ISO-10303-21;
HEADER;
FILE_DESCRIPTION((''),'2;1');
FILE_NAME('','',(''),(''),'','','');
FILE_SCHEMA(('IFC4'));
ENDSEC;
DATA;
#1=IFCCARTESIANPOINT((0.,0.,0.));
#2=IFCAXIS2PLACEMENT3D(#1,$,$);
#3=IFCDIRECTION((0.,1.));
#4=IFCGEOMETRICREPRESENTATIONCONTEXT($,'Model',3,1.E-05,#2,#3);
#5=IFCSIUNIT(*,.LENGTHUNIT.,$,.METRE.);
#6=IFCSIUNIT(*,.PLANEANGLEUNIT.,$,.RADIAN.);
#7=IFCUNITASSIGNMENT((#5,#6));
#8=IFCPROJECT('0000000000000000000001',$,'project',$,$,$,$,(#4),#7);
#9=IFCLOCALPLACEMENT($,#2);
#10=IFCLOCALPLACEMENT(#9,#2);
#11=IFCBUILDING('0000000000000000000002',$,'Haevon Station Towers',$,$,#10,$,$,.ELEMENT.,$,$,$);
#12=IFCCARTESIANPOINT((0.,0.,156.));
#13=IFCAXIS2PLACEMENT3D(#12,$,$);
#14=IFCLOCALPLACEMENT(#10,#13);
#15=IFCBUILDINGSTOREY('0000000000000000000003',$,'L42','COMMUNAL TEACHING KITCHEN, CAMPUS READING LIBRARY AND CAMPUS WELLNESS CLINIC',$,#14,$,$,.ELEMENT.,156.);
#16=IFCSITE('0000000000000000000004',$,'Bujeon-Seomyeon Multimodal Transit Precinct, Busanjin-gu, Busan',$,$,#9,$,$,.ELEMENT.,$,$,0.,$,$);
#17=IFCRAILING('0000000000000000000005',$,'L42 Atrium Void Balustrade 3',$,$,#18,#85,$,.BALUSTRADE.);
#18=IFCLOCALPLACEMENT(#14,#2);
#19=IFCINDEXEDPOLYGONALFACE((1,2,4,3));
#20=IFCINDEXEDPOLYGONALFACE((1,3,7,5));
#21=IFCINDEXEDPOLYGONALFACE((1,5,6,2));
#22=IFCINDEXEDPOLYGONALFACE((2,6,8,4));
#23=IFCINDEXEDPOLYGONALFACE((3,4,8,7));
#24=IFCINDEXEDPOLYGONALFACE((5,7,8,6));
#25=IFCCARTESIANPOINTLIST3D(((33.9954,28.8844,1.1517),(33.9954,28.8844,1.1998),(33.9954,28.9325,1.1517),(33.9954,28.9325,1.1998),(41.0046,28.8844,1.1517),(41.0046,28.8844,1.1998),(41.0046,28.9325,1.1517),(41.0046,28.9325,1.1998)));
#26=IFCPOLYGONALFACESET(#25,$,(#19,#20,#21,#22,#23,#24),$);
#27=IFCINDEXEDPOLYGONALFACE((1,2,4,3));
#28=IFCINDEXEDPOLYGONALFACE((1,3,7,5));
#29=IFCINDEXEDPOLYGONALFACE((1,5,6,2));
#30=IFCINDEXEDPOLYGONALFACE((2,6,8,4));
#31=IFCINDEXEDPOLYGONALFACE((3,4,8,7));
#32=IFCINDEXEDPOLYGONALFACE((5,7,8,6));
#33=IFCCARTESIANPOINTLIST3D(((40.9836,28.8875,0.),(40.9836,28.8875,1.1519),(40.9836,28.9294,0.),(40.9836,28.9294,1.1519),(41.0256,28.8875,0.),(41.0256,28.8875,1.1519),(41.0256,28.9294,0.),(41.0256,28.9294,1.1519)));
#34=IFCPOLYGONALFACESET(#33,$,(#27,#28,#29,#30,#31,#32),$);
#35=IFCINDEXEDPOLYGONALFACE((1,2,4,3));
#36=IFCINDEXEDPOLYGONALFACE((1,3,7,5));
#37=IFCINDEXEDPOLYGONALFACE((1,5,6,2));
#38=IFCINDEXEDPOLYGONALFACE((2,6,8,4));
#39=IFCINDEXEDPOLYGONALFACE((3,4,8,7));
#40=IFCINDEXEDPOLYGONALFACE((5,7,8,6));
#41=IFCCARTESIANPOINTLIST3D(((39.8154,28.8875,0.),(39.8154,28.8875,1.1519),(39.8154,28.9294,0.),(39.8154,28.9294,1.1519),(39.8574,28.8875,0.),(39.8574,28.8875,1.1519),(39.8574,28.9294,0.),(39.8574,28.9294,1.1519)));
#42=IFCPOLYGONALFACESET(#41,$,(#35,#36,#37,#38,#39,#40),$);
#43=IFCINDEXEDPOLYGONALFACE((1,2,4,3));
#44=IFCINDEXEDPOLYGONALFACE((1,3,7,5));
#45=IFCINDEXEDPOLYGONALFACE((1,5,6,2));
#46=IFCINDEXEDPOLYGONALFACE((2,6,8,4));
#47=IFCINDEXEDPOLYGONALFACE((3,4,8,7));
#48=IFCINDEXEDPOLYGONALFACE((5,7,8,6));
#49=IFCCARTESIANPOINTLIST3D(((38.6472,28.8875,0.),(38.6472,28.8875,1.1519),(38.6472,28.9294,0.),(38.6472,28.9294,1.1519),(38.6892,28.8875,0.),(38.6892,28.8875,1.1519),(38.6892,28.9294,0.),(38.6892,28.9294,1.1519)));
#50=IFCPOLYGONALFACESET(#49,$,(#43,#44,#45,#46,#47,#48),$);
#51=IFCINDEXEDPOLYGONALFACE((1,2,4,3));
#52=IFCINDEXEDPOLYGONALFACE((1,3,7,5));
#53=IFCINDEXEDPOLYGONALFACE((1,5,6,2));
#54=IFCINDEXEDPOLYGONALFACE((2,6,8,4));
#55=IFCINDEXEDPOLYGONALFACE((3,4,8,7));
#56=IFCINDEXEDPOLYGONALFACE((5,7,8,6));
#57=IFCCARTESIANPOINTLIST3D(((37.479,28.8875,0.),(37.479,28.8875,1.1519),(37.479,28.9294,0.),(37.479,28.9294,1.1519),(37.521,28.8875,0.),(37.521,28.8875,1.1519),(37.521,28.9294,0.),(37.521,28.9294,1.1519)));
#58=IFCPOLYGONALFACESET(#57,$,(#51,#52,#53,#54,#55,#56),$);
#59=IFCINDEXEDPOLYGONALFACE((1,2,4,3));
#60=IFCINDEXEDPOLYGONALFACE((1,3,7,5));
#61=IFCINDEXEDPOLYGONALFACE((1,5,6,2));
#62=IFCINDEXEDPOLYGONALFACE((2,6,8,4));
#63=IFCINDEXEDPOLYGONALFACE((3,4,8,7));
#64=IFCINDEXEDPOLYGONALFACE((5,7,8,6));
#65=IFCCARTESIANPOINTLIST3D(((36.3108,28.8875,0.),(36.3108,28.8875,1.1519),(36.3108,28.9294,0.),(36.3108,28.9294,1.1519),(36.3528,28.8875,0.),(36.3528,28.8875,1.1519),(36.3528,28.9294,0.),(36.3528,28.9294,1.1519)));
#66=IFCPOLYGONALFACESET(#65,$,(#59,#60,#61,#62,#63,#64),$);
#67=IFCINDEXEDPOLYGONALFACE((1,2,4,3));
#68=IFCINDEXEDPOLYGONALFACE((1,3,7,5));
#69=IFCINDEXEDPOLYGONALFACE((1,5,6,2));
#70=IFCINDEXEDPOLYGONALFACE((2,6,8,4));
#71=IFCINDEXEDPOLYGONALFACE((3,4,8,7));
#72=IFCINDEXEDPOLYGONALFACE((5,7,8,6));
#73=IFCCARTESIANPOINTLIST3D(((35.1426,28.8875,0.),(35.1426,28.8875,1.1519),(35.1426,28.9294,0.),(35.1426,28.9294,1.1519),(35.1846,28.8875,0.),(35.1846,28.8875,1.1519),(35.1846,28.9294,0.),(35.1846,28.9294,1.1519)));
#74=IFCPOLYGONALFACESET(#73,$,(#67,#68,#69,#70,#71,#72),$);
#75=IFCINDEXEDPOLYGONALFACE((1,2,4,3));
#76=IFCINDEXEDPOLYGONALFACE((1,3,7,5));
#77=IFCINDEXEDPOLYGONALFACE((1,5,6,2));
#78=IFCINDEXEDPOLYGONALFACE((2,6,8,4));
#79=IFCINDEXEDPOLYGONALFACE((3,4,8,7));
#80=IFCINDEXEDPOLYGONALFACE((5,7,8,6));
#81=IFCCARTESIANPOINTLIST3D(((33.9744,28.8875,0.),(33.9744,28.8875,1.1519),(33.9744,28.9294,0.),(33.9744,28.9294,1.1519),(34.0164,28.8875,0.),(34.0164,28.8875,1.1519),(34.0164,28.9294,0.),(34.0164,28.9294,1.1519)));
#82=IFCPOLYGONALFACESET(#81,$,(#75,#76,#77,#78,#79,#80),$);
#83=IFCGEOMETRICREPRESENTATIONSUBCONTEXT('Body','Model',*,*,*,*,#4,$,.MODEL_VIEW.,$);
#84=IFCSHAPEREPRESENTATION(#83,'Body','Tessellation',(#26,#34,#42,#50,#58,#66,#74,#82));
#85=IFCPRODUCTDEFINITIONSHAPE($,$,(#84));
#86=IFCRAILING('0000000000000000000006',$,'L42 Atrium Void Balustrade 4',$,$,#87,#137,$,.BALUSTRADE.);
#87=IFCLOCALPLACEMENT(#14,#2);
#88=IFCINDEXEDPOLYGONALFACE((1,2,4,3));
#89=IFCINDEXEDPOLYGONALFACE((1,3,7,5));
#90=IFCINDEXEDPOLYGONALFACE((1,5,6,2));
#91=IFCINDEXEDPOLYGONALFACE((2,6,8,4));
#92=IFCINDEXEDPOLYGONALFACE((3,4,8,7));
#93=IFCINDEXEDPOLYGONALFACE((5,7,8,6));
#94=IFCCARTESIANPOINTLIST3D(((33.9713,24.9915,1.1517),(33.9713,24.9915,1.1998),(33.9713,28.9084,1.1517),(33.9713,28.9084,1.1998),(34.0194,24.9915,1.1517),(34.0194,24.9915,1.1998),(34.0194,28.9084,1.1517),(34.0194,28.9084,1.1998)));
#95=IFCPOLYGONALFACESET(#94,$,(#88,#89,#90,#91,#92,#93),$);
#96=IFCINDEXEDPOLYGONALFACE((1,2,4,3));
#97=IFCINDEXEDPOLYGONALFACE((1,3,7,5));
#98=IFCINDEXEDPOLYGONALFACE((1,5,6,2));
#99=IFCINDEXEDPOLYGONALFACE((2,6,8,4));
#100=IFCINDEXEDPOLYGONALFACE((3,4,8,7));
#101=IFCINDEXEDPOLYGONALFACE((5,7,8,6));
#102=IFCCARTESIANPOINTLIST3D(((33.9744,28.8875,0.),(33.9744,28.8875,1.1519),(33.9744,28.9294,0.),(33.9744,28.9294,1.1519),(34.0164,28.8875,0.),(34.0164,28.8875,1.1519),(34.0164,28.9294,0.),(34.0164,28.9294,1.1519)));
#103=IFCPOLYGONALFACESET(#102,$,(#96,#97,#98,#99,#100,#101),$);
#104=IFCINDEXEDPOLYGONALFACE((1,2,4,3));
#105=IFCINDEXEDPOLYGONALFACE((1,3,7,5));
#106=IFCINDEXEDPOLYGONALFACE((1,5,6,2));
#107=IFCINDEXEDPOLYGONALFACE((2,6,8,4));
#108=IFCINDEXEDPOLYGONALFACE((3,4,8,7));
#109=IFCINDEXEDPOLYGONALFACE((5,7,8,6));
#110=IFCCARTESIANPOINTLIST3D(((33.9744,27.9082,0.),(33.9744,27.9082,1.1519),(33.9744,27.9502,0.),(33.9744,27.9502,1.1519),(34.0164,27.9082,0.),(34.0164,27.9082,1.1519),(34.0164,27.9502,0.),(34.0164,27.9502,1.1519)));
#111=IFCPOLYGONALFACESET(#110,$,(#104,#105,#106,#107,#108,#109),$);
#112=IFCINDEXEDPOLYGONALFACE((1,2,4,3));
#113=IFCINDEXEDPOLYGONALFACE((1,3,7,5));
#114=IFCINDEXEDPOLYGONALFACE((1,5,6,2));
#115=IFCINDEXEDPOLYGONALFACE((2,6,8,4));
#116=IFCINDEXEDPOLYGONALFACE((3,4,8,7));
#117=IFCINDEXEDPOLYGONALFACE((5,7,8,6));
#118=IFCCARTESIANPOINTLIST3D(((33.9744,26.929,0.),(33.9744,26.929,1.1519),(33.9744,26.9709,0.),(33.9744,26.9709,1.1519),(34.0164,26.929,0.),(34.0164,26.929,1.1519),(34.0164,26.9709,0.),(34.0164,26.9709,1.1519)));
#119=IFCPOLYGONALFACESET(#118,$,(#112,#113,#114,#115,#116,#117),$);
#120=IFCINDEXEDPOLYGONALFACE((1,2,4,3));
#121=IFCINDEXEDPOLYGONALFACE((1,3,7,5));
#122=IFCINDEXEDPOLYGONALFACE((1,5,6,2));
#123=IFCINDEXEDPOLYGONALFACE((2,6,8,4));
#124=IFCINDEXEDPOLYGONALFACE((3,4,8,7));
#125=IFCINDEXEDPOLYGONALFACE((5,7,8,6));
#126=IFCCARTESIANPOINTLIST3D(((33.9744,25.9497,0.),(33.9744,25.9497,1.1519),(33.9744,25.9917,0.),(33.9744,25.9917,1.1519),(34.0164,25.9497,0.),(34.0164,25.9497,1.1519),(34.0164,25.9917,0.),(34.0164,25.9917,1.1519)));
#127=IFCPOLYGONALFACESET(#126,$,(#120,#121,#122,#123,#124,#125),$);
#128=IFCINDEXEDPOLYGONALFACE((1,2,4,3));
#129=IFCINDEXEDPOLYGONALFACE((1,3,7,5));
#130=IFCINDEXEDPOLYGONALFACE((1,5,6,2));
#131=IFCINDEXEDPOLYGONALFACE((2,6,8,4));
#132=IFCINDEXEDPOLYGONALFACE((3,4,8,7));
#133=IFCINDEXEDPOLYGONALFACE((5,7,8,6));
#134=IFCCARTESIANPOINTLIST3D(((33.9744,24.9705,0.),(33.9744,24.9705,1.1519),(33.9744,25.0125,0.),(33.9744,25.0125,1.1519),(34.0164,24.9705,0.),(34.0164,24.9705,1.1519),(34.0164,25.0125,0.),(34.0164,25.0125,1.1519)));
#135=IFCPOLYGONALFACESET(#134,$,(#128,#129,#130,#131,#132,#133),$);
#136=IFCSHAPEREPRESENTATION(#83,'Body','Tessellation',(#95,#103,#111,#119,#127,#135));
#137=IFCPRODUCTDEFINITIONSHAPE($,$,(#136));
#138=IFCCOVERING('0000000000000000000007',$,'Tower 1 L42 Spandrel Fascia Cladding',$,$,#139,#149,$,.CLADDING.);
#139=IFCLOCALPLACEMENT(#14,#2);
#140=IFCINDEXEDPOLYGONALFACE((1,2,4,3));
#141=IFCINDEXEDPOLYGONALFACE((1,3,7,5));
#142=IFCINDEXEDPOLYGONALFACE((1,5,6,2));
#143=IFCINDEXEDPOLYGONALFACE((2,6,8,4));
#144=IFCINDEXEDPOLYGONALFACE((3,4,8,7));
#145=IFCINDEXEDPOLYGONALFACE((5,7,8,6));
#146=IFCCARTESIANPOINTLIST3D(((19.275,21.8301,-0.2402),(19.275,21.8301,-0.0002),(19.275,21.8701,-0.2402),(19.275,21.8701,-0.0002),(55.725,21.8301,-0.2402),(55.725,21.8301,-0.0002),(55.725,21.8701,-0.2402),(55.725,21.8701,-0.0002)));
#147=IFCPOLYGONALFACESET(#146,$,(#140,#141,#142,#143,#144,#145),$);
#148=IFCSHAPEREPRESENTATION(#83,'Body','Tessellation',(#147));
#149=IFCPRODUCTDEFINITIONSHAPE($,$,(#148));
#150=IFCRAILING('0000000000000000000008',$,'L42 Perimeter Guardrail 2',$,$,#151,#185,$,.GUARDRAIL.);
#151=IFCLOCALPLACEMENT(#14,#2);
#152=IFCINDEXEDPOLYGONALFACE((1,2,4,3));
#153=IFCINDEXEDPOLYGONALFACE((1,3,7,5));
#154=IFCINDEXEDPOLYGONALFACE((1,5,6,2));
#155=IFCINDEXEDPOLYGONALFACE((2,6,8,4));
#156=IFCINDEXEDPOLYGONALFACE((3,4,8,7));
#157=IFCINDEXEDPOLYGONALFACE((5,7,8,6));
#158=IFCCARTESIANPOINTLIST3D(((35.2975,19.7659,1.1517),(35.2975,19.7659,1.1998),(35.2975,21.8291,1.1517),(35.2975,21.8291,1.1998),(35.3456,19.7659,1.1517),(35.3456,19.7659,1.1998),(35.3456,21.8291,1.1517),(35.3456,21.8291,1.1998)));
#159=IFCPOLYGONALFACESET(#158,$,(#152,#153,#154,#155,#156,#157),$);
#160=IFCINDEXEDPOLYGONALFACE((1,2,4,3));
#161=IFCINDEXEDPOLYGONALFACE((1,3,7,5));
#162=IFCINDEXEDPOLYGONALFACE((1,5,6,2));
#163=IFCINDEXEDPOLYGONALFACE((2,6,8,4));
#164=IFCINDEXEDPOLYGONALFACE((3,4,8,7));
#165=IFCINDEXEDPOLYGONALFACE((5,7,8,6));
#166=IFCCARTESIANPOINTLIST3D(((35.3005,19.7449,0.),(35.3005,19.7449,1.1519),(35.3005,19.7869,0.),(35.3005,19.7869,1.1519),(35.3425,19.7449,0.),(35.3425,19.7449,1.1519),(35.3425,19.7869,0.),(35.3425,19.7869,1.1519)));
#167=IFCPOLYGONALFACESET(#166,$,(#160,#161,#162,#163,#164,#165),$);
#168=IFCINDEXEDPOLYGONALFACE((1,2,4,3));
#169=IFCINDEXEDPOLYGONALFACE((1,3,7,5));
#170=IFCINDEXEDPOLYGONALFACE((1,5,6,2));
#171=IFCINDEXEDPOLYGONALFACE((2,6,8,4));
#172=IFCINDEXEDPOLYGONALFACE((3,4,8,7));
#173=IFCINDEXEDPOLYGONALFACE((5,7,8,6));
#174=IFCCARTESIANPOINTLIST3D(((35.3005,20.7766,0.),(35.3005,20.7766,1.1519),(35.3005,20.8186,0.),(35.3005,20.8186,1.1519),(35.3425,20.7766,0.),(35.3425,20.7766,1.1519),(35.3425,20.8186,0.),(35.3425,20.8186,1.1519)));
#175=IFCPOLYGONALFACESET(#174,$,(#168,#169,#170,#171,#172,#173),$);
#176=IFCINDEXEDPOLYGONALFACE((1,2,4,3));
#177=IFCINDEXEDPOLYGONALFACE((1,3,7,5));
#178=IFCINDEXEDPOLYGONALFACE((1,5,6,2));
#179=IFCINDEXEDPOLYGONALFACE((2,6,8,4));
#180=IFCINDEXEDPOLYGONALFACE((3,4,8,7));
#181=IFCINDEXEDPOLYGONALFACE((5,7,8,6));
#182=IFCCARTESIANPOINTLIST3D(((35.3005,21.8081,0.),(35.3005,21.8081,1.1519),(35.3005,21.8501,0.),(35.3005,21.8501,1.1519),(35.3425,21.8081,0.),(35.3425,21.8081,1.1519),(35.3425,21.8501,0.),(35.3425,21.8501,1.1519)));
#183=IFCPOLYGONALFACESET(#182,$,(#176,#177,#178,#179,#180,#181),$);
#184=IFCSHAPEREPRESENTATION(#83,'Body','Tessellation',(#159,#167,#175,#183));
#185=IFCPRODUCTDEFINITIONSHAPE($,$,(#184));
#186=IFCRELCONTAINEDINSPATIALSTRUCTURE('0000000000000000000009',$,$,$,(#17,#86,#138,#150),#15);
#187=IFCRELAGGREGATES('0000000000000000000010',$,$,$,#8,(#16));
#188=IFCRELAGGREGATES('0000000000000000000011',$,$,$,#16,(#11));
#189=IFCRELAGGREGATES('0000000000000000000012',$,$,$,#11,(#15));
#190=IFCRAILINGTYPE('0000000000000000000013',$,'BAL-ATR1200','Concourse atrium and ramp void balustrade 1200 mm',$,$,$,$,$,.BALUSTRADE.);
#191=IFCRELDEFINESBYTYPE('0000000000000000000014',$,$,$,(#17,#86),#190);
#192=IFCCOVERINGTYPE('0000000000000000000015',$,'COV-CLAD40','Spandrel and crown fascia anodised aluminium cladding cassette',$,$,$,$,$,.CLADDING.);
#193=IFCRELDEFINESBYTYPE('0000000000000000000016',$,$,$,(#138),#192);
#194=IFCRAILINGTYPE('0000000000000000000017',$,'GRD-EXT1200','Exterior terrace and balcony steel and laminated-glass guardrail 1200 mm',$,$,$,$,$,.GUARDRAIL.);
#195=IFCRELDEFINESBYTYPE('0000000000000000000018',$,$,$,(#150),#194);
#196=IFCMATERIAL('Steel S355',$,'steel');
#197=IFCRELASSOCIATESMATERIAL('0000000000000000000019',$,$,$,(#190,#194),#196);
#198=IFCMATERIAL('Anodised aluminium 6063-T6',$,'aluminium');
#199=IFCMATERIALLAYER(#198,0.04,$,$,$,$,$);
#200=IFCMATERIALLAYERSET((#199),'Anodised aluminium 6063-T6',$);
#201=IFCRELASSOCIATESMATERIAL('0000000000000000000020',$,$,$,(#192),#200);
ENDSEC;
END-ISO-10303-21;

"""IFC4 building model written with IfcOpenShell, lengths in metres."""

from ifc_helpers import new_model, si_unit, direction, frame, origin, origin_2d, place, context, subcontext, project, spatial, rectangle, extrude, material, layer, layer_set, type_object, element, save


model = new_model("IFC4")

# Units and contexts
model_context = context("Model", 3, precision=1e-05, world=origin(), true_north=direction((0.0, 1.0)))
body_context = subcontext(model_context, "Body", "Model", "MODEL_VIEW")
ifc_project = project(units=[si_unit("LENGTHUNIT", "METRE"), si_unit("PLANEANGLEUNIT", "RADIAN")], contexts=[model_context])

# Site, building, storey
site_placement = place(None, origin())
site = spatial("IfcSite", under=ifc_project, at=site_placement, Name="Bujeon-Seomyeon Multimodal Transit Precinct, Busanjin-gu, Busan", CompositionType="ELEMENT", RefElevation=0.0)
building_placement = place(site_placement, origin())
building = spatial("IfcBuilding", under=site, at=building_placement, Name="Haevon Station Towers", CompositionType="ELEMENT")
storey_placement = place(building_placement, frame((0.0, 0.0, 156.0)))
storey = spatial("IfcBuildingStorey", under=building, at=storey_placement, Name="L42", Description="COMMUNAL TEACHING KITCHEN, CAMPUS READING LIBRARY AND CAMPUS WELLNESS CLINIC", CompositionType="ELEMENT", Elevation=156.0)

# Shared definitions
ifc_material_1 = material(Name="Steel S355", Category="steel")

# Railings
railing_type_1 = type_object("IfcRailingType", Name="BAL-ATR1200", Description="Concourse atrium and ramp void balustrade 1200 mm", PredefinedType="BALUSTRADE", material=ifc_material_1)
railing_1_placement = place(storey_placement, frame((41.0046, 28.9084, 0.0)))
element("IfcRailing", 1, at=railing_1_placement, inside=storey, type_object=railing_type_1, Name="L42 Atrium Void Balustrade 3", PredefinedType="BALUSTRADE", context=body_context, shape_type="SweptSolid", body=[
    extrude(rectangle(XDim=0.0481, YDim=0.0481, at=origin_2d()), frame((0.0, 0.0, 1.1758), z_axis=(-1.0, 0.0, 0.0), x_axis=(0.0, -1.0, 0.0)), (0.0, 0.0, 1.0), 7.0093),
    extrude(rectangle(XDim=0.042, YDim=0.042, at=origin_2d()), origin(), (0.0, 0.0, 1.0), 1.1519),
    extrude(rectangle(XDim=0.042, YDim=0.042, at=origin_2d()), frame((-1.1682, 0.0, 0.0)), (0.0, 0.0, 1.0), 1.1519),
    extrude(rectangle(XDim=0.042, YDim=0.042, at=origin_2d()), frame((-2.3364, 0.0, 0.0)), (0.0, 0.0, 1.0), 1.1519),
    extrude(rectangle(XDim=0.042, YDim=0.042, at=origin_2d()), frame((-3.5046, 0.0, 0.0)), (0.0, 0.0, 1.0), 1.1519),
    extrude(rectangle(XDim=0.042, YDim=0.042, at=origin_2d()), frame((-4.6729, 0.0, 0.0)), (0.0, 0.0, 1.0), 1.1519),
    extrude(rectangle(XDim=0.042, YDim=0.042, at=origin_2d()), frame((-5.8411, 0.0, 0.0)), (0.0, 0.0, 1.0), 1.1519),
    extrude(rectangle(XDim=0.042, YDim=0.042, at=origin_2d()), frame((-7.0093, 0.0, 0.0)), (0.0, 0.0, 1.0), 1.1519),
])
railing_2_placement = place(storey_placement, frame((33.9954, 28.9084, 0.0)))
element("IfcRailing", 2, at=railing_2_placement, inside=storey, type_object=railing_type_1, Name="L42 Atrium Void Balustrade 4", PredefinedType="BALUSTRADE", context=body_context, shape_type="SweptSolid", body=[
    extrude(rectangle(XDim=0.0481, YDim=0.0481, at=origin_2d()), frame((0.0, 0.0, 1.1758), z_axis=(0.0, -1.0, 0.0), x_axis=(1.0, 0.0, 0.0)), (0.0, 0.0, 1.0), 3.917),
    extrude(rectangle(XDim=0.042, YDim=0.042, at=origin_2d()), origin(), (0.0, 0.0, 1.0), 1.1519),
    extrude(rectangle(XDim=0.042, YDim=0.042, at=origin_2d()), frame((0.0, -0.9792, 0.0)), (0.0, 0.0, 1.0), 1.1519),
    extrude(rectangle(XDim=0.042, YDim=0.042, at=origin_2d()), frame((0.0, -1.9585, 0.0)), (0.0, 0.0, 1.0), 1.1519),
    extrude(rectangle(XDim=0.042, YDim=0.042, at=origin_2d()), frame((0.0, -2.9377, 0.0)), (0.0, 0.0, 1.0), 1.1519),
    extrude(rectangle(XDim=0.042, YDim=0.042, at=origin_2d()), frame((0.0, -3.917, 0.0)), (0.0, 0.0, 1.0), 1.1519),
])

# Covering
ifc_material_2 = material(Name="Anodised aluminium 6063-T6", Category="aluminium")
ifc_layer_1 = layer(ifc_material_2, 0.04)
ifc_layer_set_1 = layer_set([ifc_layer_1], Name="Anodised aluminium 6063-T6")
covering_type = type_object("IfcCoveringType", Name="COV-CLAD40", Description="Spandrel and crown fascia anodised aluminium cladding cassette", PredefinedType="CLADDING", material=ifc_layer_set_1)
covering_placement = place(storey_placement, frame((37.5, 21.8501, -0.2402), z_axis=(0.0, 0.0, 1.0), x_axis=(1.0, 0.0, 0.0)))
element("IfcCovering", 3, at=covering_placement, inside=storey, type_object=covering_type, Name="Tower 1 L42 Spandrel Fascia Cladding", PredefinedType="CLADDING", context=body_context, shape_type="SweptSolid", body=[
    extrude(rectangle(XDim=36.45, YDim=0.04, at=origin_2d()), origin(), (0.0, 0.0, 1.0), 0.24),
])

# Railing
railing_type_2 = type_object("IfcRailingType", Name="GRD-EXT1200", Description="Exterior terrace and balcony steel and laminated-glass guardrail 1200 mm", PredefinedType="GUARDRAIL", material=ifc_material_1)
railing_3_placement = place(storey_placement, frame((35.3215, 19.7659, 0.0)))
element("IfcRailing", 4, at=railing_3_placement, inside=storey, type_object=railing_type_2, Name="L42 Perimeter Guardrail 2", PredefinedType="GUARDRAIL", context=body_context, shape_type="SweptSolid", body=[
    extrude(rectangle(XDim=0.0481, YDim=0.0481, at=origin_2d()), frame((0.0, 0.0, 1.1758), z_axis=(0.0, 1.0, 0.0), x_axis=(-1.0, 0.0, 0.0)), (0.0, 0.0, 1.0), 2.0632),
    extrude(rectangle(XDim=0.042, YDim=0.042, at=origin_2d()), origin(), (0.0, 0.0, 1.0), 1.1519),
    extrude(rectangle(XDim=0.042, YDim=0.042, at=origin_2d()), frame((0.0, 1.0317, 0.0)), (0.0, 0.0, 1.0), 1.1519),
    extrude(rectangle(XDim=0.042, YDim=0.042, at=origin_2d()), frame((0.0, 2.0632, 0.0)), (0.0, 0.0, 1.0), 1.1519),
])

save(model, "model.ifc")
